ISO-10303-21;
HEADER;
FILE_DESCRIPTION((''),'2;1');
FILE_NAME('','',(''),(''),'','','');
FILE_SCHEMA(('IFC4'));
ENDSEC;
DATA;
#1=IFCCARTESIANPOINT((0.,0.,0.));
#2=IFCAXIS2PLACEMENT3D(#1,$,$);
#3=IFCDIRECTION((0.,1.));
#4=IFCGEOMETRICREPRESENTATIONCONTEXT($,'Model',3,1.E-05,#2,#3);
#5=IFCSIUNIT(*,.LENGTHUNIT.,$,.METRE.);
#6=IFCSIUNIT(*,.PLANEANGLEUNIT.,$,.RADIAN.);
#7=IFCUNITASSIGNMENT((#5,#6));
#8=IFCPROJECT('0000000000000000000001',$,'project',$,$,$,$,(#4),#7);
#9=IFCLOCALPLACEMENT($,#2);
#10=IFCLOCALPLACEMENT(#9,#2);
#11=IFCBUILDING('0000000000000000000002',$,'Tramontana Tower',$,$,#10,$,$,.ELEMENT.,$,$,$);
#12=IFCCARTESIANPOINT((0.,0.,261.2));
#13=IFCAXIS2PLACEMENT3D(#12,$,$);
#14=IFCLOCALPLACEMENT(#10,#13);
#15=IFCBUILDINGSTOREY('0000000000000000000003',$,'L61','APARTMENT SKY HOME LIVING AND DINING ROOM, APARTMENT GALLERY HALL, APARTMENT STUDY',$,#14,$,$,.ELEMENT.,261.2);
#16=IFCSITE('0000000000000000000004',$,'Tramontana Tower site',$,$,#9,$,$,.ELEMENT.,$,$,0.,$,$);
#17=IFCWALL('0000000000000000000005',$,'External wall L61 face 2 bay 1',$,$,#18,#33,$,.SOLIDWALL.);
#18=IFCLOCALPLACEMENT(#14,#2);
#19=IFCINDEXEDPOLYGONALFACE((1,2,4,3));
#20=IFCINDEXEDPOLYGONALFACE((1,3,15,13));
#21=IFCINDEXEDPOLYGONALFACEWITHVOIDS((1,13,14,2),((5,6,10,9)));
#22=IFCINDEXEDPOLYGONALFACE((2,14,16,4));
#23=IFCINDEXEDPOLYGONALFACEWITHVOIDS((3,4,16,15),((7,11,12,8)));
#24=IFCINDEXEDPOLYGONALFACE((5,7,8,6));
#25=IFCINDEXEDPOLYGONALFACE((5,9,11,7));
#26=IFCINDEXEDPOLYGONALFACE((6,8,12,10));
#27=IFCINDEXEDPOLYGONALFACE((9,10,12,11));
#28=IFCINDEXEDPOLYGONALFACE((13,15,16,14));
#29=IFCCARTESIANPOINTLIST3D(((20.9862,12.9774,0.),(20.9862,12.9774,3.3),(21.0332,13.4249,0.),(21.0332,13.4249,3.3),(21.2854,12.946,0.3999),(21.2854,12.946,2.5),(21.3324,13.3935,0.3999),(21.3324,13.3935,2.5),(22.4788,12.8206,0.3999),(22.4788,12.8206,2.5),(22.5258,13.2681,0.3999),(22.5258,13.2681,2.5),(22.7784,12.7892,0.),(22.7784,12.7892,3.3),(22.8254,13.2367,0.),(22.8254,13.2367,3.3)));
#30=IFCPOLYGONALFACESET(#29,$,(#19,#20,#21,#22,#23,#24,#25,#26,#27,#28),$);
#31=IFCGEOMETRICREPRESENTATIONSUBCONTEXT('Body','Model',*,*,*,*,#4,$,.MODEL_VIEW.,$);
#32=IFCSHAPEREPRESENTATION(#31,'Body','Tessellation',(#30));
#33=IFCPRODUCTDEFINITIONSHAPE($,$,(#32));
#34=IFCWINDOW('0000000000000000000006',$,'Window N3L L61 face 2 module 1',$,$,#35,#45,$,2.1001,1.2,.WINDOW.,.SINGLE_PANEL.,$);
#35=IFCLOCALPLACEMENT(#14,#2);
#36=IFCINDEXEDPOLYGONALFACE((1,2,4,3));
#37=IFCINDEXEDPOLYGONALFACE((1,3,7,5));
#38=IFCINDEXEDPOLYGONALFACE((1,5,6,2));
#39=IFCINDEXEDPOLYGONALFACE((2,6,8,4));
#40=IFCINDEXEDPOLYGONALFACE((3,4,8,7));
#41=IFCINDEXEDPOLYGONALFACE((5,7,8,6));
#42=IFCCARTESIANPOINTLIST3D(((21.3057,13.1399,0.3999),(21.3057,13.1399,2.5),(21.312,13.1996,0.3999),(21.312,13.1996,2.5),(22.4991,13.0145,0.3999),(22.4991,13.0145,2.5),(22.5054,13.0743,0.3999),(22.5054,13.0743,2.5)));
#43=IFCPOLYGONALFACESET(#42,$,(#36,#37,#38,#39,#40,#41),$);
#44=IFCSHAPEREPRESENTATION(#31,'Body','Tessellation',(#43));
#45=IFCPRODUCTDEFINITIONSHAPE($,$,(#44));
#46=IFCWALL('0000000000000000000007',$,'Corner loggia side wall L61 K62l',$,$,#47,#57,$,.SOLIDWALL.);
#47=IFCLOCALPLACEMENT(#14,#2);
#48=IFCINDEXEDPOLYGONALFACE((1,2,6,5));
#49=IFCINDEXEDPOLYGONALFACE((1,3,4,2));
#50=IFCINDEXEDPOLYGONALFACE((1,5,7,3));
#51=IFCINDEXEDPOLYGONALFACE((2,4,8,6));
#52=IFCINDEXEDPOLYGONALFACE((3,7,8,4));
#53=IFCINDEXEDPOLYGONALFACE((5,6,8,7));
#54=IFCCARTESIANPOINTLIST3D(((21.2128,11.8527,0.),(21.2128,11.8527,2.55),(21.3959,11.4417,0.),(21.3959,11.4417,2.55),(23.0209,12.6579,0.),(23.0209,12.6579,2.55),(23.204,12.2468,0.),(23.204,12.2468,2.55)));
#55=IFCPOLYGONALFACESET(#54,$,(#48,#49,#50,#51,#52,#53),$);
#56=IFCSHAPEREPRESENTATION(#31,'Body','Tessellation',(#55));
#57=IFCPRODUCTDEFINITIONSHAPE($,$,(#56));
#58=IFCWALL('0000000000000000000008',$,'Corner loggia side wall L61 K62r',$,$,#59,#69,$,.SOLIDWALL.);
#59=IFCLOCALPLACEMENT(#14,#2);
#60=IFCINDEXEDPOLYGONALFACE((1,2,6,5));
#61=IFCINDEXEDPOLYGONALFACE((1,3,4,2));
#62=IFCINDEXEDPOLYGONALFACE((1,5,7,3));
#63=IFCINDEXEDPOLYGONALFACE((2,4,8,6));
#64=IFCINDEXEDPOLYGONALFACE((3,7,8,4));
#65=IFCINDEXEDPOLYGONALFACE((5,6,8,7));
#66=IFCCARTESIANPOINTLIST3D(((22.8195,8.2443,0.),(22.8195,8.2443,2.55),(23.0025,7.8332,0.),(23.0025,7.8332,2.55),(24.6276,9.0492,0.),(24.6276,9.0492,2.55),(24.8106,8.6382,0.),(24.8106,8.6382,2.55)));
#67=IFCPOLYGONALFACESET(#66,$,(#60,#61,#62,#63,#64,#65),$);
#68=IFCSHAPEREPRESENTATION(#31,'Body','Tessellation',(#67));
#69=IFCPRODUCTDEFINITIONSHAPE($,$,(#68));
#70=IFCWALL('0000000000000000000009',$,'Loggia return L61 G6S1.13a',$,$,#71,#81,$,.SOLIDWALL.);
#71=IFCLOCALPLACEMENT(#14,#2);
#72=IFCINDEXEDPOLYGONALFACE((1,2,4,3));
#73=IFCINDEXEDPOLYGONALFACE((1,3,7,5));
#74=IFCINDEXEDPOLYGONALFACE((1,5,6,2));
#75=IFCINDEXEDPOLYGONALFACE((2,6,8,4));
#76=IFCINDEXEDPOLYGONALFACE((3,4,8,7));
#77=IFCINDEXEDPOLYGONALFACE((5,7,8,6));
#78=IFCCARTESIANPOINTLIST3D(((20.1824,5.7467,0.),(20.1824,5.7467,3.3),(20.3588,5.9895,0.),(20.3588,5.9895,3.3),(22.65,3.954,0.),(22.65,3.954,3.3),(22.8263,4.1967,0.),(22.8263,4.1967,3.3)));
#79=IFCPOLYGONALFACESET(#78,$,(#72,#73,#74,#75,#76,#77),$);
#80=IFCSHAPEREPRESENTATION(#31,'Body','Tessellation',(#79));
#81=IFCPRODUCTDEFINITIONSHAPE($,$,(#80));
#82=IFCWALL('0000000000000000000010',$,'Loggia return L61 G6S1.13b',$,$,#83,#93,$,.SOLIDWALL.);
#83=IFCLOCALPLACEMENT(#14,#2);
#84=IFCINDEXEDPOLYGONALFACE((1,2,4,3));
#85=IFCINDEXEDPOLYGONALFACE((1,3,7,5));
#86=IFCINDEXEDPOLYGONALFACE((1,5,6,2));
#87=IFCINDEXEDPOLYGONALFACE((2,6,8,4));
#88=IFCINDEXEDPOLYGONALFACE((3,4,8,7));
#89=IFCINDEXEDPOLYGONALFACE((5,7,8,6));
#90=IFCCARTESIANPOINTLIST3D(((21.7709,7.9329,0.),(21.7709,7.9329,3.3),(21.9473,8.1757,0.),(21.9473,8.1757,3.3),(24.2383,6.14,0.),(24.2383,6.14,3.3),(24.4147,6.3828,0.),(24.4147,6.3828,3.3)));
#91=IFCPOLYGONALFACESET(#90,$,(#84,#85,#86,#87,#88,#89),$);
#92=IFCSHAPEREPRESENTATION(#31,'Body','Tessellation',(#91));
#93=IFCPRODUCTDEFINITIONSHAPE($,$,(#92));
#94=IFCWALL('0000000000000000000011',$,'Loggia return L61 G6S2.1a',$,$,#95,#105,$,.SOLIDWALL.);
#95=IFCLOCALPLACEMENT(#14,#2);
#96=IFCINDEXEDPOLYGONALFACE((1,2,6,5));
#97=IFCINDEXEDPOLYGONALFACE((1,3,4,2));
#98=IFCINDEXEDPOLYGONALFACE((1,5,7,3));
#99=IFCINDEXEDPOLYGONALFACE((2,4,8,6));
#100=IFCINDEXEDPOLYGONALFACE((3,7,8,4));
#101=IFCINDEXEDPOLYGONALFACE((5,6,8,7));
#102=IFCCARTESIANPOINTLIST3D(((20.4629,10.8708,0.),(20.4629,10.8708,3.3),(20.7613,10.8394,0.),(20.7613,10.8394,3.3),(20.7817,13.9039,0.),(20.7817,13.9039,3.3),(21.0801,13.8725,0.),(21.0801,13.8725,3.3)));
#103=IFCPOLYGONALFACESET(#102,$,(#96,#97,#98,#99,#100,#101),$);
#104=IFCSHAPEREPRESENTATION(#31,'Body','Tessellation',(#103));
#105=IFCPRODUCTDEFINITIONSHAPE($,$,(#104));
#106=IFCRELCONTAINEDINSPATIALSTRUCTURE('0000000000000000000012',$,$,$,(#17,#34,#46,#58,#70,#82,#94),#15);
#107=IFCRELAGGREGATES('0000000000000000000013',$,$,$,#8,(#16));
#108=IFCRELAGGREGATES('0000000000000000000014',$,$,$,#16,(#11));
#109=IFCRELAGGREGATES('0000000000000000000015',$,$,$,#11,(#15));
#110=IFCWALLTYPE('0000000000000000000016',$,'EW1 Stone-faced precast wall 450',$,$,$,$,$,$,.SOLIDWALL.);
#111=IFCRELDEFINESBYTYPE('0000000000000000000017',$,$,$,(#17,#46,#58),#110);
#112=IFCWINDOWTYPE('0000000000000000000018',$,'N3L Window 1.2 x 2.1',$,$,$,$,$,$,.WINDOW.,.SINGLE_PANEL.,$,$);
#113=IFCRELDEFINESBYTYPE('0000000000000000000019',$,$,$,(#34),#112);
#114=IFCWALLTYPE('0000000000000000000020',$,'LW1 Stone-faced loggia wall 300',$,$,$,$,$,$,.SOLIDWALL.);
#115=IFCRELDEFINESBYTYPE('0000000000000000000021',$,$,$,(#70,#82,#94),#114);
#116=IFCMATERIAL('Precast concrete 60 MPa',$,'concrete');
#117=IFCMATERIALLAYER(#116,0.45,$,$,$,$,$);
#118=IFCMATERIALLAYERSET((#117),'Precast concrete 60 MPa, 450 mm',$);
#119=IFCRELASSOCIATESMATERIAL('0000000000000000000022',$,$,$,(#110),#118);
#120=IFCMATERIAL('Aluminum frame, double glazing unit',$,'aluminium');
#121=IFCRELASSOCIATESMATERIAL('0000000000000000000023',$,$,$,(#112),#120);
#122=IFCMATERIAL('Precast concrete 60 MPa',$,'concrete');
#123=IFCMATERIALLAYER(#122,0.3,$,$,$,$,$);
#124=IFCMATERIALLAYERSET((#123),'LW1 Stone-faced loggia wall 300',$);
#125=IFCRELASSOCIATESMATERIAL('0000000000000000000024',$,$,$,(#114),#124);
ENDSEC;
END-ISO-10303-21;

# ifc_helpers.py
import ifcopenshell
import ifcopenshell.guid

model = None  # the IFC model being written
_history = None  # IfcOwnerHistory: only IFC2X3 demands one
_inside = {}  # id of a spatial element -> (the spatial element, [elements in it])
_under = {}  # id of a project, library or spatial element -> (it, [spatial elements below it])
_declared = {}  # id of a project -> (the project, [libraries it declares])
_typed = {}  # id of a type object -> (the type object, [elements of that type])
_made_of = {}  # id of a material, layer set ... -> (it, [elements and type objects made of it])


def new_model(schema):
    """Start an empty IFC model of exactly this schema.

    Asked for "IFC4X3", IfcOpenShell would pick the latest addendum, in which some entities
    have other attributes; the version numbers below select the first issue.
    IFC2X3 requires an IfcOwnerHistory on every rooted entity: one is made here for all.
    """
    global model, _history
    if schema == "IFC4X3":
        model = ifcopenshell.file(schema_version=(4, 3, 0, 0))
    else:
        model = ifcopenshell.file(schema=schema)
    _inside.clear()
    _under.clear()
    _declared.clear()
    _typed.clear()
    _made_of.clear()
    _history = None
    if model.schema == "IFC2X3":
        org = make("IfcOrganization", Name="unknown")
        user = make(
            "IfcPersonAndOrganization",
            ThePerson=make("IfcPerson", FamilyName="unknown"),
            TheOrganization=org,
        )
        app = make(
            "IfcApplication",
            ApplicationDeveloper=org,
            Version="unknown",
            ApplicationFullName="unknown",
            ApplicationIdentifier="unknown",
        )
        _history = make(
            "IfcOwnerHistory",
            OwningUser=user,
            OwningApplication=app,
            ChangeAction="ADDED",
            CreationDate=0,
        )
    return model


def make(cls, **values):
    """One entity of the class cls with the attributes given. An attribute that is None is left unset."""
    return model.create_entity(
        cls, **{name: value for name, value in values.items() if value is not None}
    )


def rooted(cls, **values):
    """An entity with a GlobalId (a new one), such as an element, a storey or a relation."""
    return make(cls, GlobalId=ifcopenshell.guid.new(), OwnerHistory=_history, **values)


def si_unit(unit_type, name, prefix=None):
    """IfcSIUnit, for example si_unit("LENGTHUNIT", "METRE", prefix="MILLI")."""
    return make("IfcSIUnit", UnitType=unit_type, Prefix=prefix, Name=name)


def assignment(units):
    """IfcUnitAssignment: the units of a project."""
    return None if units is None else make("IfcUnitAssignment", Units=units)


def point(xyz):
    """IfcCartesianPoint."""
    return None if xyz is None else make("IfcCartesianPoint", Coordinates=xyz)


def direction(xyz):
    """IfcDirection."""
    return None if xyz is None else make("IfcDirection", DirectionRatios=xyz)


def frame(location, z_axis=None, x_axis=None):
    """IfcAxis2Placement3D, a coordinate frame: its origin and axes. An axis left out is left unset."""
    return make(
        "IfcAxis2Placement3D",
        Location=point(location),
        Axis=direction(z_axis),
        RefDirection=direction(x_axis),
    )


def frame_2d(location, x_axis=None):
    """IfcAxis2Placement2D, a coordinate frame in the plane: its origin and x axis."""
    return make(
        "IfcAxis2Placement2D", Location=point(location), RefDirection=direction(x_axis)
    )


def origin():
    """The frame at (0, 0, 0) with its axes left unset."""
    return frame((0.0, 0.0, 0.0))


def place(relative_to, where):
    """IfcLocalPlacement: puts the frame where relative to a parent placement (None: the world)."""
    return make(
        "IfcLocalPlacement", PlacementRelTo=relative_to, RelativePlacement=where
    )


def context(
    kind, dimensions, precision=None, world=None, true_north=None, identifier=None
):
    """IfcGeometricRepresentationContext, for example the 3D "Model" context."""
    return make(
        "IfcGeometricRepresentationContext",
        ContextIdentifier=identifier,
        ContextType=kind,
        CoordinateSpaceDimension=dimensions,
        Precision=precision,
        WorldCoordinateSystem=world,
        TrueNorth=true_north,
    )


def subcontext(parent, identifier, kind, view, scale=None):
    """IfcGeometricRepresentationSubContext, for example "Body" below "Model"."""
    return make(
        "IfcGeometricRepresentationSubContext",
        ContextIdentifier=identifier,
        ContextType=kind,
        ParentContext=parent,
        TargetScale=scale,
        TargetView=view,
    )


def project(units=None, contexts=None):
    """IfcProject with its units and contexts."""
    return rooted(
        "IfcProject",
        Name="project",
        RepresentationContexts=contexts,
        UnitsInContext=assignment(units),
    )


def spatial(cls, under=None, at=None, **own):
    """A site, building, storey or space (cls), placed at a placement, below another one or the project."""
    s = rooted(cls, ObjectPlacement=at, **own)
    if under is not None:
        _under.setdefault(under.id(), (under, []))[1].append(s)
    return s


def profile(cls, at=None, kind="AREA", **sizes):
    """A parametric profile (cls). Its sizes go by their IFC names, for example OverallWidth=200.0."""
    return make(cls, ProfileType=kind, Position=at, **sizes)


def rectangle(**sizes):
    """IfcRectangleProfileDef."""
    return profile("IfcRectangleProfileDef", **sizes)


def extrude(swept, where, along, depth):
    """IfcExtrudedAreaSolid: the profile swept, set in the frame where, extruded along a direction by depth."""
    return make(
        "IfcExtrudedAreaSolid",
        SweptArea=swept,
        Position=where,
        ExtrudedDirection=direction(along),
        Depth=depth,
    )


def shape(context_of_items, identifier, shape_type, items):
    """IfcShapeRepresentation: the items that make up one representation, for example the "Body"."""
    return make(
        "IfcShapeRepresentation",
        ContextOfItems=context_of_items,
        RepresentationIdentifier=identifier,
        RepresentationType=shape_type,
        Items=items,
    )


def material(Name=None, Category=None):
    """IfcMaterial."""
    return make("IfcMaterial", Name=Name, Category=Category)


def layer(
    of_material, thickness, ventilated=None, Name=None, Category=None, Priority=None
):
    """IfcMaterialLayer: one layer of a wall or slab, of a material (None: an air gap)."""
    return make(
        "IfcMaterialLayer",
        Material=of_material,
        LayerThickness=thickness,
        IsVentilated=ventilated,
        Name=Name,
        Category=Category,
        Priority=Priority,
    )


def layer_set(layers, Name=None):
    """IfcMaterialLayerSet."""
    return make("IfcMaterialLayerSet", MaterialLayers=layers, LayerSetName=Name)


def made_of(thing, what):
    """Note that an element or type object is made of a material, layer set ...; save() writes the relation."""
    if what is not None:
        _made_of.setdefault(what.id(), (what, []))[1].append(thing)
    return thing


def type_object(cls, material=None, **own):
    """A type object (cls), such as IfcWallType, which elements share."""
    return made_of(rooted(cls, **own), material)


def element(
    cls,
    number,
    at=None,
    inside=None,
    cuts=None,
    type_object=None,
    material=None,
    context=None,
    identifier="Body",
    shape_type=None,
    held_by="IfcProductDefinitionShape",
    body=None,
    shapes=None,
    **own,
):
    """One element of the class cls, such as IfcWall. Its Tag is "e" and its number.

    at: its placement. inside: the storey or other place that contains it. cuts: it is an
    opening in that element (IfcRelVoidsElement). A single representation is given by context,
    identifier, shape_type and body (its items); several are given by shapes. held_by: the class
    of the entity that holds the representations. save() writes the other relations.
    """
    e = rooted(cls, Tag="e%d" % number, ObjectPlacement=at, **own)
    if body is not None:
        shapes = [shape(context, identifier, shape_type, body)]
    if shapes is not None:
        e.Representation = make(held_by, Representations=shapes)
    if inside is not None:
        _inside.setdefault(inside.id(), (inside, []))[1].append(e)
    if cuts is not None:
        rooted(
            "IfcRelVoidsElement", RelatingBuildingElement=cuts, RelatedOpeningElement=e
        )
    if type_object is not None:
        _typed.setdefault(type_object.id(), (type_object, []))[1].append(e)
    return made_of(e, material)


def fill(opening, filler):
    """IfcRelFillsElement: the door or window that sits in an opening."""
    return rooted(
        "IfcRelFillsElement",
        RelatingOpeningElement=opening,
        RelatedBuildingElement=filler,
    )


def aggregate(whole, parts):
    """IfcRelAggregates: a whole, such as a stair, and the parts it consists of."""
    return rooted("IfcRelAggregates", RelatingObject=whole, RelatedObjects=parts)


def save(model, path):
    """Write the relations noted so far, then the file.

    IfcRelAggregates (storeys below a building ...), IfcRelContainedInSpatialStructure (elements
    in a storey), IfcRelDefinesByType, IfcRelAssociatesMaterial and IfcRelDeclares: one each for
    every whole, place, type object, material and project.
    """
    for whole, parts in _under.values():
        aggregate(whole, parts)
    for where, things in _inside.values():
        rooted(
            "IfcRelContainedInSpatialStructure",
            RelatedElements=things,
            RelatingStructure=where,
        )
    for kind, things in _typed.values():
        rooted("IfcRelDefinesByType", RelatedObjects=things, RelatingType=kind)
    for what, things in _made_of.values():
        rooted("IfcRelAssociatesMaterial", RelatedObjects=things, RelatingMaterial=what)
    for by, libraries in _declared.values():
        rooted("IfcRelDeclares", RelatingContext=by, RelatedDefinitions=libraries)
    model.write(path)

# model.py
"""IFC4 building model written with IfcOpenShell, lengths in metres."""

from ifc_helpers import new_model, si_unit, direction, frame, frame_2d, origin, place, context, subcontext, project, spatial, rectangle, extrude, material, layer, layer_set, type_object, element, fill, save


model = new_model("IFC4")

# Units and contexts
model_context = context("Model", 3, precision=1e-05, world=origin(), true_north=direction((0.0, 1.0)))
body_context = subcontext(model_context, "Body", "Model", "MODEL_VIEW")
ifc_project = project(units=[si_unit("LENGTHUNIT", "METRE"), si_unit("PLANEANGLEUNIT", "RADIAN")], contexts=[model_context])

# Site, building, storey
site_placement = place(None, origin())
site = spatial("IfcSite", under=ifc_project, at=site_placement, Name="Tramontana Tower site", CompositionType="ELEMENT", RefElevation=0.0)
building_placement = place(site_placement, origin())
building = spatial("IfcBuilding", under=site, at=building_placement, Name="Tramontana Tower", CompositionType="ELEMENT")
storey_placement = place(building_placement, frame((0.0, 0.0, 261.2)))
storey = spatial("IfcBuildingStorey", under=building, at=storey_placement, Name="L61", Description="APARTMENT SKY HOME LIVING AND DINING ROOM, APARTMENT GALLERY HALL, APARTMENT STUDY", CompositionType="ELEMENT", Elevation=261.2)

# Wall, opening, window
ifc_material_1 = material(Name="Precast concrete 60 MPa", Category="concrete")
ifc_layer_1 = layer(ifc_material_1, 0.45)
ifc_layer_set_1 = layer_set([ifc_layer_1], Name="Precast concrete 60 MPa, 450 mm")
wall_type_1 = type_object("IfcWallType", Name="EW1 Stone-faced precast wall 450", PredefinedType="SOLIDWALL", material=ifc_layer_set_1)
ifc_material_2 = material(Name="Aluminum frame, double glazing unit", Category="aluminium")
window_type_1 = type_object("IfcWindowType", Name="N3L Window 1.2 x 2.1", PartitioningType="SINGLE_PANEL", PredefinedType="WINDOW", material=ifc_material_2)
wall_1_placement = place(storey_placement, frame((22.8018, 13.0129, 0.0), z_axis=(0.0, 0.0, 1.0), x_axis=(-0.99453, 0.104452, 0.0)))
wall_1 = element("IfcWall", 1, at=wall_1_placement, inside=storey, type_object=wall_type_1, Name="External wall L61 face 2 bay 1", PredefinedType="SOLIDWALL", context=body_context, shape_type="SweptSolid", body=[
    extrude(rectangle(XDim=1.802, YDim=0.45, at=frame_2d((0.9009, 0.0))), origin(), (0.0, 0.0, 1.0), 3.3),
])
opening_1_placement = place(wall_1_placement, frame((0.301, 0.0, 0.3999)))
opening_1 = element("IfcOpeningElement", 2, at=opening_1_placement, cuts=wall_1, PredefinedType="OPENING", context=body_context, shape_type="SweptSolid", body=[
    extrude(rectangle(XDim=1.2, YDim=2.1001, at=frame_2d((0.6001, 1.05))), frame((0.0, 0.2349, 0.0), z_axis=(0.0, -1.0, 0.0), x_axis=(1.0, 0.0, 0.0)), (0.0, 0.0, 1.0), 0.47),
])
window_1_placement = place(opening_1_placement, origin())
window_1 = element("IfcWindow", 3, at=window_1_placement, inside=storey, type_object=window_type_1, Name="Window N3L L61 face 2 module 1", OverallHeight=2.1001, OverallWidth=1.2, PartitioningType="SINGLE_PANEL", PredefinedType="WINDOW", context=body_context, shape_type="SweptSolid", body=[
    extrude(rectangle(XDim=1.2, YDim=2.1001, at=frame_2d((0.6001, 1.05))), frame((0.0, 0.03, 0.0), z_axis=(0.0, -1.0, 0.0), x_axis=(1.0, 0.0, 0.0)), (0.0, 0.0, 1.0), 0.0601),
])
fill(opening_1, window_1)

# Walls
for number, where, z_axis, x_axis, name in (
    (4, (23.1125, 12.4524, 0.0), (0.0, 0.0, 1.0), (-0.913516, -0.406802, 0.0), "Corner loggia side wall L61 K62l"),
    (5, (24.7192, 8.8438, 0.0), (0.0, 0.0, 1.0), (-0.913562, -0.406699, 0.0), "Corner loggia side wall L61 K62r"),
):
    element("IfcWall", number, at=place(storey_placement, frame(where, z_axis=z_axis, x_axis=x_axis)), inside=storey, type_object=wall_type_1, Name=name, PredefinedType="SOLIDWALL", context=body_context, shape_type="SweptSolid", body=[
        extrude(rectangle(XDim=1.9792, YDim=0.45, at=frame_2d((0.9897, 0.0))), origin(), (0.0, 0.0, 1.0), 2.55),
    ])

# Walls
ifc_material_3 = material(Name="Precast concrete 60 MPa", Category="concrete")
ifc_layer_2 = layer(ifc_material_3, 0.3)
ifc_layer_set_2 = layer_set([ifc_layer_2], Name="LW1 Stone-faced loggia wall 300")
wall_type_2 = type_object("IfcWallType", Name="LW1 Stone-faced loggia wall 300", PredefinedType="SOLIDWALL", material=ifc_layer_set_2)
for number, where, z_axis, x_axis, name in (
    (6, (22.738, 4.0754, 0.0), (0.0, 0.0, 1.0), (-0.809023, 0.587777, 0.0), "Loggia return L61 G6S1.13a"),
    (7, (24.3264, 6.2615, 0.0), (0.0, 0.0, 1.0), (-0.808985, 0.587829, 0.0), "Loggia return L61 G6S1.13b"),
):
    element("IfcWall", number, at=place(storey_placement, frame(where, z_axis=z_axis, x_axis=x_axis)), inside=storey, type_object=wall_type_2, Name=name, PredefinedType="SOLIDWALL", context=body_context, shape_type="SweptSolid", body=[
        extrude(rectangle(XDim=3.05, YDim=0.3, at=frame_2d((1.5249, 0.0))), origin(), (0.0, 0.0, 1.0), 3.3),
    ])
wall_2_placement = place(storey_placement, frame((20.9309, 13.8882, 0.0), z_axis=(0.0, 0.0, 1.0), x_axis=(-0.104543, -0.99452, 0.0)))
element("IfcWall", 8, at=wall_2_placement, inside=storey, type_object=wall_type_2, Name="Loggia return L61 G6S2.1a", PredefinedType="SOLIDWALL", context=body_context, shape_type="SweptSolid", body=[
    extrude(rectangle(XDim=3.0498, YDim=0.3, at=frame_2d((1.5249, 0.0))), origin(), (0.0, 0.0, 1.0), 3.3),
])

save(model, "model.ifc")
